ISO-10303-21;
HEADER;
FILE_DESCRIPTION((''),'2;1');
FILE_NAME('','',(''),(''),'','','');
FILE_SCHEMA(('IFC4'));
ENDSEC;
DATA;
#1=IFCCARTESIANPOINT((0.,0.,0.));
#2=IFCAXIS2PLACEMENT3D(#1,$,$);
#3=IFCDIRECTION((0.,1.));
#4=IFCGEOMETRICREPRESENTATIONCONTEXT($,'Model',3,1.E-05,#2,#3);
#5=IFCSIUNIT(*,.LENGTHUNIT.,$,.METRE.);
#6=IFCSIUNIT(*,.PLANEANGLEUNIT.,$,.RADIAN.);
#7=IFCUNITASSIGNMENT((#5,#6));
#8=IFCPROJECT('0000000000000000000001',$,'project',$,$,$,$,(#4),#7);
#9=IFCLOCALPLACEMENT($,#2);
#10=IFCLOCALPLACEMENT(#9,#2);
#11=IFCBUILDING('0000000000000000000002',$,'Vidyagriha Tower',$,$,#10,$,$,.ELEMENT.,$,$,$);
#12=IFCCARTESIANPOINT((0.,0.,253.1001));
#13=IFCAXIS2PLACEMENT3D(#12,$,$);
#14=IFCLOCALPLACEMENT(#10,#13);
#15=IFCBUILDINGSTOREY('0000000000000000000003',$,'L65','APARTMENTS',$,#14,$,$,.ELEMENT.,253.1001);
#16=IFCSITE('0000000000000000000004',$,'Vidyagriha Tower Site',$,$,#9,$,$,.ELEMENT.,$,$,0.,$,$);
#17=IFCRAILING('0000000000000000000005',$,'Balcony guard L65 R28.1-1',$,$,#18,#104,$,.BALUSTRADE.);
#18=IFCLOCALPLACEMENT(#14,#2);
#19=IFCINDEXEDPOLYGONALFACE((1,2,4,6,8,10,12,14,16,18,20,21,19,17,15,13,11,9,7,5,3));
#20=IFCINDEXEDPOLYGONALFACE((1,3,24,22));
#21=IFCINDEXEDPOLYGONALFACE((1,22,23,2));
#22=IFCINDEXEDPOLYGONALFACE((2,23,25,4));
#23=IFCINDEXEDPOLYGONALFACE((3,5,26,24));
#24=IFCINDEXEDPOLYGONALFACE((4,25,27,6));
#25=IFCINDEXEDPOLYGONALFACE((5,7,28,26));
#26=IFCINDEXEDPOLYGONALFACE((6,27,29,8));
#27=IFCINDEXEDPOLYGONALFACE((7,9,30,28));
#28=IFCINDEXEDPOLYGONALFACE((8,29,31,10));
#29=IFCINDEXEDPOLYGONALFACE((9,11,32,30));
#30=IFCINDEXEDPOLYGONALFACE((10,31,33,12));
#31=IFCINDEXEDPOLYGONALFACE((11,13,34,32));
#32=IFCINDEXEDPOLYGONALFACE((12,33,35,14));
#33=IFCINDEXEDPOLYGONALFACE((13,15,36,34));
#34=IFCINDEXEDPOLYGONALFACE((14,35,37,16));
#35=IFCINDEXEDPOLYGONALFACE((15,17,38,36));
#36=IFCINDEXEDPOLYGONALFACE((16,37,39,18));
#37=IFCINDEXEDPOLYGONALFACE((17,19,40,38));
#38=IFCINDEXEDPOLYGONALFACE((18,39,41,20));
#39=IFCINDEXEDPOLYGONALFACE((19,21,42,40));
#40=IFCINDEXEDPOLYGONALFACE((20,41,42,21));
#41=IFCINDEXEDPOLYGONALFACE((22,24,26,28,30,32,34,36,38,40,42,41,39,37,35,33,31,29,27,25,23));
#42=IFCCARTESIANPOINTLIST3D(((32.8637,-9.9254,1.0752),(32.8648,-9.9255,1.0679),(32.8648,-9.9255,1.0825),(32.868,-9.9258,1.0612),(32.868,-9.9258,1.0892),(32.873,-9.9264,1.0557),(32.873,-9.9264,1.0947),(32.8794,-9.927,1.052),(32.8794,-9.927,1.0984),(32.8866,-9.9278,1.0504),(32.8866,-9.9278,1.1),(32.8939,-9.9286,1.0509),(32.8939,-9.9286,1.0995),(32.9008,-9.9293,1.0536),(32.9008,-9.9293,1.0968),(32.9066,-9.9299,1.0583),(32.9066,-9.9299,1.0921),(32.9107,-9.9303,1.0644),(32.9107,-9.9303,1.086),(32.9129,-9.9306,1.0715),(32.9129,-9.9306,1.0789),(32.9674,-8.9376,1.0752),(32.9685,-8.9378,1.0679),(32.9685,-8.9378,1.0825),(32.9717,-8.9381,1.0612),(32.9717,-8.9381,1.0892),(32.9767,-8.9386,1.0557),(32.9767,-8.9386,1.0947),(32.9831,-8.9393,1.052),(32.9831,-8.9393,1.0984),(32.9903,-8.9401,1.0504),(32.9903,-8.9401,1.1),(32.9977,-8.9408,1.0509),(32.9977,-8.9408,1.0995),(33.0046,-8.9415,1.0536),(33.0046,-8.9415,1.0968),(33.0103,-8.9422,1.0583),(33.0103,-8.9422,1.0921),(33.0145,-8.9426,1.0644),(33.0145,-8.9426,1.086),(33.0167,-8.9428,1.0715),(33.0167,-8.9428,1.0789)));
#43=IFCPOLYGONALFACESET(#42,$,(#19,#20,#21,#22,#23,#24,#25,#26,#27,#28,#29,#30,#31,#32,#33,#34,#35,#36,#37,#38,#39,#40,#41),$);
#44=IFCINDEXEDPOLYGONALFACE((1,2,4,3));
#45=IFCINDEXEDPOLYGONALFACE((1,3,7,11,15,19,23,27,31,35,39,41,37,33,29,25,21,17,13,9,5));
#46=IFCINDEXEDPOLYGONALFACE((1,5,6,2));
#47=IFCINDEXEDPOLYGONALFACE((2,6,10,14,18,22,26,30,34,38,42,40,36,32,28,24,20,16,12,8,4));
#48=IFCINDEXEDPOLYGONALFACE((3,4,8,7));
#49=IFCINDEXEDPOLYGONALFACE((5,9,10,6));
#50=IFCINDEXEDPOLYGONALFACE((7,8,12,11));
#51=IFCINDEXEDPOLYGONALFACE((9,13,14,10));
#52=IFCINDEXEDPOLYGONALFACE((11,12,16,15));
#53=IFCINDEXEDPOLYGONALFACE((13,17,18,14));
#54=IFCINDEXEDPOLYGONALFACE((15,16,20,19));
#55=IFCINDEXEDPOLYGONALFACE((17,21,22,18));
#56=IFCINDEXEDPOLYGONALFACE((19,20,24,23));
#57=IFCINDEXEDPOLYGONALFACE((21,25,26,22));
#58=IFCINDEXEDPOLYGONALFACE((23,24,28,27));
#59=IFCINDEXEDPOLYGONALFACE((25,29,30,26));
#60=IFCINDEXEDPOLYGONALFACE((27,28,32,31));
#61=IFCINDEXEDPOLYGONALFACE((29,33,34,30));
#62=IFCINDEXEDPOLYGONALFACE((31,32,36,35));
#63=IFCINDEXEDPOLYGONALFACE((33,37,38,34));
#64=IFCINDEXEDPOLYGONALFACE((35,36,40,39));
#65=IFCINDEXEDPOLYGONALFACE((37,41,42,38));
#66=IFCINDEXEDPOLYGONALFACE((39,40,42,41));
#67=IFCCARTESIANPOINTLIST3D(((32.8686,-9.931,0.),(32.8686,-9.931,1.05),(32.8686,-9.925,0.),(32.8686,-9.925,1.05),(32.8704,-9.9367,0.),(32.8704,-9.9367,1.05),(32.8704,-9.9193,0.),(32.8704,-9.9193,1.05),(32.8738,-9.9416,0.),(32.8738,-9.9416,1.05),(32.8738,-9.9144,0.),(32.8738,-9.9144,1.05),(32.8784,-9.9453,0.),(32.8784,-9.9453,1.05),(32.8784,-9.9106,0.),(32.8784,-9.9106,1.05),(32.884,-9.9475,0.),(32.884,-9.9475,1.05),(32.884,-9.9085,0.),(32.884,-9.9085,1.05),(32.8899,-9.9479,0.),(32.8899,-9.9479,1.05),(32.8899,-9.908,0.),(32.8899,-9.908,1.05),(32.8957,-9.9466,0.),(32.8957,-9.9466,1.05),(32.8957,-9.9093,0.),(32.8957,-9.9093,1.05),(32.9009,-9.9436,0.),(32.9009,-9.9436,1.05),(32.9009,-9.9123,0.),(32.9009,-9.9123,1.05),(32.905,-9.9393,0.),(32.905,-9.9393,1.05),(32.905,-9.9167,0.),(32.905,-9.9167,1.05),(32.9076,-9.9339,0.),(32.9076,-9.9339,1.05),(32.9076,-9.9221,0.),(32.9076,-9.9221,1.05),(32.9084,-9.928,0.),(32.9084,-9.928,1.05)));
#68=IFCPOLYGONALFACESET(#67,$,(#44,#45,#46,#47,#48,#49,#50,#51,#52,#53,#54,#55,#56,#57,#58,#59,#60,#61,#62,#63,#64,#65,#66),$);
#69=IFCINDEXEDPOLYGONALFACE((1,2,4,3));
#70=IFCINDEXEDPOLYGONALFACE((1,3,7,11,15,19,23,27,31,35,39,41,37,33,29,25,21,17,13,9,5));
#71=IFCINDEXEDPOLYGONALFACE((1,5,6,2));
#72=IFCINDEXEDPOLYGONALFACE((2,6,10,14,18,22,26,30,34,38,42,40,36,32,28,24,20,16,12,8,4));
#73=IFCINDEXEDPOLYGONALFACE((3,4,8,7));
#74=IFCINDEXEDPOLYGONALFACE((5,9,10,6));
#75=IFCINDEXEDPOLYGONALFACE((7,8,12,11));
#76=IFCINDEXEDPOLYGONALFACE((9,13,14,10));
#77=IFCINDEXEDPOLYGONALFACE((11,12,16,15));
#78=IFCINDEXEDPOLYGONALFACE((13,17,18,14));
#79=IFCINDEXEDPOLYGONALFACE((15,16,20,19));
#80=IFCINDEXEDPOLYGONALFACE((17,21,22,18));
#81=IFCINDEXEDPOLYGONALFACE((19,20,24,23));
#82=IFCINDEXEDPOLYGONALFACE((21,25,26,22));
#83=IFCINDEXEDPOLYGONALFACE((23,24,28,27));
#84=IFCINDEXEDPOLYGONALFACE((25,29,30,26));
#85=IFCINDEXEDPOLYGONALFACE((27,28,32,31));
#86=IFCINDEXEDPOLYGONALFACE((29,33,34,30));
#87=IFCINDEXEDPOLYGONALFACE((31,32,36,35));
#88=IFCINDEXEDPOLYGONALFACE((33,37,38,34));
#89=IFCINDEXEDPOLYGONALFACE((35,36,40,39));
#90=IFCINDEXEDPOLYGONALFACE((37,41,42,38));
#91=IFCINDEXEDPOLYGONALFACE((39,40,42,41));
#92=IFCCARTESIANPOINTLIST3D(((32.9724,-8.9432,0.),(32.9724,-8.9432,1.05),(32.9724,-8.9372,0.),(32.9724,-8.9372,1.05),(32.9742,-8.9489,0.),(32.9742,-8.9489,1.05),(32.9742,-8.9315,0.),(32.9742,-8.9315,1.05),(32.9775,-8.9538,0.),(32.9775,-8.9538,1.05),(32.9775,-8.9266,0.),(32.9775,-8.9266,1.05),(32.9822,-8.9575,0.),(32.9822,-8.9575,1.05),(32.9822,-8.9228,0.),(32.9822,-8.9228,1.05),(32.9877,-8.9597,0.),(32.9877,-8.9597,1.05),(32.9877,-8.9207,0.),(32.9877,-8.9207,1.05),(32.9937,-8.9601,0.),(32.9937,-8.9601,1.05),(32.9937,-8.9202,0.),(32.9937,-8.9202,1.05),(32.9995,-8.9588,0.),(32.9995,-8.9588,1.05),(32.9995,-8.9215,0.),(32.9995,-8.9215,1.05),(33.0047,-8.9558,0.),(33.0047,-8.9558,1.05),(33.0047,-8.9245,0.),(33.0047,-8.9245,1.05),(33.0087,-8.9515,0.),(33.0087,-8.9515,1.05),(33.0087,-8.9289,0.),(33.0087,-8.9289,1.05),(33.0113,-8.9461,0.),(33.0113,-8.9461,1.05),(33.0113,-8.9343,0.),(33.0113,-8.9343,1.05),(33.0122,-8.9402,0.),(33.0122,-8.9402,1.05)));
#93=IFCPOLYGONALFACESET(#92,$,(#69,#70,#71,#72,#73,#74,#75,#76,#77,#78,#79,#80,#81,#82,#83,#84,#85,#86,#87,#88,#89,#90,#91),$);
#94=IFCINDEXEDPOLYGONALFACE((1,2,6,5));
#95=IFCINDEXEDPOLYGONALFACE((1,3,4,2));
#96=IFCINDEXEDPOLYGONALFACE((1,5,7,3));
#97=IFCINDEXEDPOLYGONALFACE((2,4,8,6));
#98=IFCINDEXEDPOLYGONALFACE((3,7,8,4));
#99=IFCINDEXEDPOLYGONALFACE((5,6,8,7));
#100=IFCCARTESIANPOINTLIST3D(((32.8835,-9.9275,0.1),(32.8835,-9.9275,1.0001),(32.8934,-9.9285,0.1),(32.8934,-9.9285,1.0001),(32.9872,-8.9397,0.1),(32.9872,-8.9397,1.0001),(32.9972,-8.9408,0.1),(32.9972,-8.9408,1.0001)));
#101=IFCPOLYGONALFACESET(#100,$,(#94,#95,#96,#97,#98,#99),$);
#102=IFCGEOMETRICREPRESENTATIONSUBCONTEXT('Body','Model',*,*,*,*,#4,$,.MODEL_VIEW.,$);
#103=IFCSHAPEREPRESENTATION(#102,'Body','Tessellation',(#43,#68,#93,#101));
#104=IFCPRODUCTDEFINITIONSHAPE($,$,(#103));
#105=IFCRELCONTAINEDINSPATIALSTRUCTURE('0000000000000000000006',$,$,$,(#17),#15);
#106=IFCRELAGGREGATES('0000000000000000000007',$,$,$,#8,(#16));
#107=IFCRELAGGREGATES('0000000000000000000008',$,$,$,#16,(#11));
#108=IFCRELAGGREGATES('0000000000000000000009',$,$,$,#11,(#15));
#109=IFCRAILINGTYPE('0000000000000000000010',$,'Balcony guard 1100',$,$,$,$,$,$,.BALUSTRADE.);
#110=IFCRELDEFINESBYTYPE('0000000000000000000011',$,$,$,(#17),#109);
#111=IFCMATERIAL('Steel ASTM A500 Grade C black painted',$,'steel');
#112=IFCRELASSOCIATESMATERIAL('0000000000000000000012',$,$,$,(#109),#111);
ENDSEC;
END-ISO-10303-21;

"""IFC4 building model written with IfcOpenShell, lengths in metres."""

from ifc_helpers import new_model, si_unit, direction, frame, origin, origin_2d, place, context, subcontext, project, spatial, rectangle, circle, extrude, material, type_object, element, save


model = new_model("IFC4")

# Units and contexts
model_context = context("Model", 3, precision=1e-05, world=origin(), true_north=direction((0.0, 1.0)))
body_context = subcontext(model_context, "Body", "Model", "MODEL_VIEW")
ifc_project = project(units=[si_unit("LENGTHUNIT", "METRE"), si_unit("PLANEANGLEUNIT", "RADIAN")], contexts=[model_context])

# Site, building, storey
site_placement = place(None, origin())
site = spatial("IfcSite", under=ifc_project, at=site_placement, Name="Vidyagriha Tower Site", CompositionType="ELEMENT", RefElevation=0.0)
building_placement = place(site_placement, origin())
building = spatial("IfcBuilding", under=site, at=building_placement, Name="Vidyagriha Tower", CompositionType="ELEMENT")
storey_placement = place(building_placement, frame((0.0, 0.0, 253.1001)))
storey = spatial("IfcBuildingStorey", under=building, at=storey_placement, Name="L65", Description="APARTMENTS", CompositionType="ELEMENT", Elevation=253.1001)

# Railing
ifc_material_1 = material(Name="Steel ASTM A500 Grade C black painted", Category="steel")
railing_type_1 = type_object("IfcRailingType", Name="Balcony guard 1100", PredefinedType="BALUSTRADE", material=ifc_material_1)
railing_1_placement = place(storey_placement, frame((32.8884, -9.928, 0.0)))
element("IfcRailing", 1, at=railing_1_placement, inside=storey, type_object=railing_type_1, Name="Balcony guard L65 R28.1-1", PredefinedType="BALUSTRADE", context=body_context, shape_type="SweptSolid", body=[
    extrude(circle(Radius=0.0249, at=origin_2d()), frame((0.0, 0.0, 1.0752), z_axis=(0.104467, 0.994528, 0.0), x_axis=(-0.994528, 0.104467, 0.0)), (0.0, 0.0, 1.0), 0.9932),
    extrude(circle(Radius=0.02, at=origin_2d()), origin(), (0.0, 0.0, 1.0), 1.05),
    extrude(circle(Radius=0.02, at=origin_2d()), frame((0.1038, 0.9878, 0.0)), (0.0, 0.0, 1.0), 1.05),
    extrude(rectangle(XDim=0.01, YDim=0.9001, at=origin_2d()), frame((0.0, 0.0, 0.55), z_axis=(0.104467, 0.994528, 0.0), x_axis=(-0.994528, 0.104467, 0.0)), (0.0, 0.0, 1.0), 0.9932),
])

save(model, "model.ifc")
